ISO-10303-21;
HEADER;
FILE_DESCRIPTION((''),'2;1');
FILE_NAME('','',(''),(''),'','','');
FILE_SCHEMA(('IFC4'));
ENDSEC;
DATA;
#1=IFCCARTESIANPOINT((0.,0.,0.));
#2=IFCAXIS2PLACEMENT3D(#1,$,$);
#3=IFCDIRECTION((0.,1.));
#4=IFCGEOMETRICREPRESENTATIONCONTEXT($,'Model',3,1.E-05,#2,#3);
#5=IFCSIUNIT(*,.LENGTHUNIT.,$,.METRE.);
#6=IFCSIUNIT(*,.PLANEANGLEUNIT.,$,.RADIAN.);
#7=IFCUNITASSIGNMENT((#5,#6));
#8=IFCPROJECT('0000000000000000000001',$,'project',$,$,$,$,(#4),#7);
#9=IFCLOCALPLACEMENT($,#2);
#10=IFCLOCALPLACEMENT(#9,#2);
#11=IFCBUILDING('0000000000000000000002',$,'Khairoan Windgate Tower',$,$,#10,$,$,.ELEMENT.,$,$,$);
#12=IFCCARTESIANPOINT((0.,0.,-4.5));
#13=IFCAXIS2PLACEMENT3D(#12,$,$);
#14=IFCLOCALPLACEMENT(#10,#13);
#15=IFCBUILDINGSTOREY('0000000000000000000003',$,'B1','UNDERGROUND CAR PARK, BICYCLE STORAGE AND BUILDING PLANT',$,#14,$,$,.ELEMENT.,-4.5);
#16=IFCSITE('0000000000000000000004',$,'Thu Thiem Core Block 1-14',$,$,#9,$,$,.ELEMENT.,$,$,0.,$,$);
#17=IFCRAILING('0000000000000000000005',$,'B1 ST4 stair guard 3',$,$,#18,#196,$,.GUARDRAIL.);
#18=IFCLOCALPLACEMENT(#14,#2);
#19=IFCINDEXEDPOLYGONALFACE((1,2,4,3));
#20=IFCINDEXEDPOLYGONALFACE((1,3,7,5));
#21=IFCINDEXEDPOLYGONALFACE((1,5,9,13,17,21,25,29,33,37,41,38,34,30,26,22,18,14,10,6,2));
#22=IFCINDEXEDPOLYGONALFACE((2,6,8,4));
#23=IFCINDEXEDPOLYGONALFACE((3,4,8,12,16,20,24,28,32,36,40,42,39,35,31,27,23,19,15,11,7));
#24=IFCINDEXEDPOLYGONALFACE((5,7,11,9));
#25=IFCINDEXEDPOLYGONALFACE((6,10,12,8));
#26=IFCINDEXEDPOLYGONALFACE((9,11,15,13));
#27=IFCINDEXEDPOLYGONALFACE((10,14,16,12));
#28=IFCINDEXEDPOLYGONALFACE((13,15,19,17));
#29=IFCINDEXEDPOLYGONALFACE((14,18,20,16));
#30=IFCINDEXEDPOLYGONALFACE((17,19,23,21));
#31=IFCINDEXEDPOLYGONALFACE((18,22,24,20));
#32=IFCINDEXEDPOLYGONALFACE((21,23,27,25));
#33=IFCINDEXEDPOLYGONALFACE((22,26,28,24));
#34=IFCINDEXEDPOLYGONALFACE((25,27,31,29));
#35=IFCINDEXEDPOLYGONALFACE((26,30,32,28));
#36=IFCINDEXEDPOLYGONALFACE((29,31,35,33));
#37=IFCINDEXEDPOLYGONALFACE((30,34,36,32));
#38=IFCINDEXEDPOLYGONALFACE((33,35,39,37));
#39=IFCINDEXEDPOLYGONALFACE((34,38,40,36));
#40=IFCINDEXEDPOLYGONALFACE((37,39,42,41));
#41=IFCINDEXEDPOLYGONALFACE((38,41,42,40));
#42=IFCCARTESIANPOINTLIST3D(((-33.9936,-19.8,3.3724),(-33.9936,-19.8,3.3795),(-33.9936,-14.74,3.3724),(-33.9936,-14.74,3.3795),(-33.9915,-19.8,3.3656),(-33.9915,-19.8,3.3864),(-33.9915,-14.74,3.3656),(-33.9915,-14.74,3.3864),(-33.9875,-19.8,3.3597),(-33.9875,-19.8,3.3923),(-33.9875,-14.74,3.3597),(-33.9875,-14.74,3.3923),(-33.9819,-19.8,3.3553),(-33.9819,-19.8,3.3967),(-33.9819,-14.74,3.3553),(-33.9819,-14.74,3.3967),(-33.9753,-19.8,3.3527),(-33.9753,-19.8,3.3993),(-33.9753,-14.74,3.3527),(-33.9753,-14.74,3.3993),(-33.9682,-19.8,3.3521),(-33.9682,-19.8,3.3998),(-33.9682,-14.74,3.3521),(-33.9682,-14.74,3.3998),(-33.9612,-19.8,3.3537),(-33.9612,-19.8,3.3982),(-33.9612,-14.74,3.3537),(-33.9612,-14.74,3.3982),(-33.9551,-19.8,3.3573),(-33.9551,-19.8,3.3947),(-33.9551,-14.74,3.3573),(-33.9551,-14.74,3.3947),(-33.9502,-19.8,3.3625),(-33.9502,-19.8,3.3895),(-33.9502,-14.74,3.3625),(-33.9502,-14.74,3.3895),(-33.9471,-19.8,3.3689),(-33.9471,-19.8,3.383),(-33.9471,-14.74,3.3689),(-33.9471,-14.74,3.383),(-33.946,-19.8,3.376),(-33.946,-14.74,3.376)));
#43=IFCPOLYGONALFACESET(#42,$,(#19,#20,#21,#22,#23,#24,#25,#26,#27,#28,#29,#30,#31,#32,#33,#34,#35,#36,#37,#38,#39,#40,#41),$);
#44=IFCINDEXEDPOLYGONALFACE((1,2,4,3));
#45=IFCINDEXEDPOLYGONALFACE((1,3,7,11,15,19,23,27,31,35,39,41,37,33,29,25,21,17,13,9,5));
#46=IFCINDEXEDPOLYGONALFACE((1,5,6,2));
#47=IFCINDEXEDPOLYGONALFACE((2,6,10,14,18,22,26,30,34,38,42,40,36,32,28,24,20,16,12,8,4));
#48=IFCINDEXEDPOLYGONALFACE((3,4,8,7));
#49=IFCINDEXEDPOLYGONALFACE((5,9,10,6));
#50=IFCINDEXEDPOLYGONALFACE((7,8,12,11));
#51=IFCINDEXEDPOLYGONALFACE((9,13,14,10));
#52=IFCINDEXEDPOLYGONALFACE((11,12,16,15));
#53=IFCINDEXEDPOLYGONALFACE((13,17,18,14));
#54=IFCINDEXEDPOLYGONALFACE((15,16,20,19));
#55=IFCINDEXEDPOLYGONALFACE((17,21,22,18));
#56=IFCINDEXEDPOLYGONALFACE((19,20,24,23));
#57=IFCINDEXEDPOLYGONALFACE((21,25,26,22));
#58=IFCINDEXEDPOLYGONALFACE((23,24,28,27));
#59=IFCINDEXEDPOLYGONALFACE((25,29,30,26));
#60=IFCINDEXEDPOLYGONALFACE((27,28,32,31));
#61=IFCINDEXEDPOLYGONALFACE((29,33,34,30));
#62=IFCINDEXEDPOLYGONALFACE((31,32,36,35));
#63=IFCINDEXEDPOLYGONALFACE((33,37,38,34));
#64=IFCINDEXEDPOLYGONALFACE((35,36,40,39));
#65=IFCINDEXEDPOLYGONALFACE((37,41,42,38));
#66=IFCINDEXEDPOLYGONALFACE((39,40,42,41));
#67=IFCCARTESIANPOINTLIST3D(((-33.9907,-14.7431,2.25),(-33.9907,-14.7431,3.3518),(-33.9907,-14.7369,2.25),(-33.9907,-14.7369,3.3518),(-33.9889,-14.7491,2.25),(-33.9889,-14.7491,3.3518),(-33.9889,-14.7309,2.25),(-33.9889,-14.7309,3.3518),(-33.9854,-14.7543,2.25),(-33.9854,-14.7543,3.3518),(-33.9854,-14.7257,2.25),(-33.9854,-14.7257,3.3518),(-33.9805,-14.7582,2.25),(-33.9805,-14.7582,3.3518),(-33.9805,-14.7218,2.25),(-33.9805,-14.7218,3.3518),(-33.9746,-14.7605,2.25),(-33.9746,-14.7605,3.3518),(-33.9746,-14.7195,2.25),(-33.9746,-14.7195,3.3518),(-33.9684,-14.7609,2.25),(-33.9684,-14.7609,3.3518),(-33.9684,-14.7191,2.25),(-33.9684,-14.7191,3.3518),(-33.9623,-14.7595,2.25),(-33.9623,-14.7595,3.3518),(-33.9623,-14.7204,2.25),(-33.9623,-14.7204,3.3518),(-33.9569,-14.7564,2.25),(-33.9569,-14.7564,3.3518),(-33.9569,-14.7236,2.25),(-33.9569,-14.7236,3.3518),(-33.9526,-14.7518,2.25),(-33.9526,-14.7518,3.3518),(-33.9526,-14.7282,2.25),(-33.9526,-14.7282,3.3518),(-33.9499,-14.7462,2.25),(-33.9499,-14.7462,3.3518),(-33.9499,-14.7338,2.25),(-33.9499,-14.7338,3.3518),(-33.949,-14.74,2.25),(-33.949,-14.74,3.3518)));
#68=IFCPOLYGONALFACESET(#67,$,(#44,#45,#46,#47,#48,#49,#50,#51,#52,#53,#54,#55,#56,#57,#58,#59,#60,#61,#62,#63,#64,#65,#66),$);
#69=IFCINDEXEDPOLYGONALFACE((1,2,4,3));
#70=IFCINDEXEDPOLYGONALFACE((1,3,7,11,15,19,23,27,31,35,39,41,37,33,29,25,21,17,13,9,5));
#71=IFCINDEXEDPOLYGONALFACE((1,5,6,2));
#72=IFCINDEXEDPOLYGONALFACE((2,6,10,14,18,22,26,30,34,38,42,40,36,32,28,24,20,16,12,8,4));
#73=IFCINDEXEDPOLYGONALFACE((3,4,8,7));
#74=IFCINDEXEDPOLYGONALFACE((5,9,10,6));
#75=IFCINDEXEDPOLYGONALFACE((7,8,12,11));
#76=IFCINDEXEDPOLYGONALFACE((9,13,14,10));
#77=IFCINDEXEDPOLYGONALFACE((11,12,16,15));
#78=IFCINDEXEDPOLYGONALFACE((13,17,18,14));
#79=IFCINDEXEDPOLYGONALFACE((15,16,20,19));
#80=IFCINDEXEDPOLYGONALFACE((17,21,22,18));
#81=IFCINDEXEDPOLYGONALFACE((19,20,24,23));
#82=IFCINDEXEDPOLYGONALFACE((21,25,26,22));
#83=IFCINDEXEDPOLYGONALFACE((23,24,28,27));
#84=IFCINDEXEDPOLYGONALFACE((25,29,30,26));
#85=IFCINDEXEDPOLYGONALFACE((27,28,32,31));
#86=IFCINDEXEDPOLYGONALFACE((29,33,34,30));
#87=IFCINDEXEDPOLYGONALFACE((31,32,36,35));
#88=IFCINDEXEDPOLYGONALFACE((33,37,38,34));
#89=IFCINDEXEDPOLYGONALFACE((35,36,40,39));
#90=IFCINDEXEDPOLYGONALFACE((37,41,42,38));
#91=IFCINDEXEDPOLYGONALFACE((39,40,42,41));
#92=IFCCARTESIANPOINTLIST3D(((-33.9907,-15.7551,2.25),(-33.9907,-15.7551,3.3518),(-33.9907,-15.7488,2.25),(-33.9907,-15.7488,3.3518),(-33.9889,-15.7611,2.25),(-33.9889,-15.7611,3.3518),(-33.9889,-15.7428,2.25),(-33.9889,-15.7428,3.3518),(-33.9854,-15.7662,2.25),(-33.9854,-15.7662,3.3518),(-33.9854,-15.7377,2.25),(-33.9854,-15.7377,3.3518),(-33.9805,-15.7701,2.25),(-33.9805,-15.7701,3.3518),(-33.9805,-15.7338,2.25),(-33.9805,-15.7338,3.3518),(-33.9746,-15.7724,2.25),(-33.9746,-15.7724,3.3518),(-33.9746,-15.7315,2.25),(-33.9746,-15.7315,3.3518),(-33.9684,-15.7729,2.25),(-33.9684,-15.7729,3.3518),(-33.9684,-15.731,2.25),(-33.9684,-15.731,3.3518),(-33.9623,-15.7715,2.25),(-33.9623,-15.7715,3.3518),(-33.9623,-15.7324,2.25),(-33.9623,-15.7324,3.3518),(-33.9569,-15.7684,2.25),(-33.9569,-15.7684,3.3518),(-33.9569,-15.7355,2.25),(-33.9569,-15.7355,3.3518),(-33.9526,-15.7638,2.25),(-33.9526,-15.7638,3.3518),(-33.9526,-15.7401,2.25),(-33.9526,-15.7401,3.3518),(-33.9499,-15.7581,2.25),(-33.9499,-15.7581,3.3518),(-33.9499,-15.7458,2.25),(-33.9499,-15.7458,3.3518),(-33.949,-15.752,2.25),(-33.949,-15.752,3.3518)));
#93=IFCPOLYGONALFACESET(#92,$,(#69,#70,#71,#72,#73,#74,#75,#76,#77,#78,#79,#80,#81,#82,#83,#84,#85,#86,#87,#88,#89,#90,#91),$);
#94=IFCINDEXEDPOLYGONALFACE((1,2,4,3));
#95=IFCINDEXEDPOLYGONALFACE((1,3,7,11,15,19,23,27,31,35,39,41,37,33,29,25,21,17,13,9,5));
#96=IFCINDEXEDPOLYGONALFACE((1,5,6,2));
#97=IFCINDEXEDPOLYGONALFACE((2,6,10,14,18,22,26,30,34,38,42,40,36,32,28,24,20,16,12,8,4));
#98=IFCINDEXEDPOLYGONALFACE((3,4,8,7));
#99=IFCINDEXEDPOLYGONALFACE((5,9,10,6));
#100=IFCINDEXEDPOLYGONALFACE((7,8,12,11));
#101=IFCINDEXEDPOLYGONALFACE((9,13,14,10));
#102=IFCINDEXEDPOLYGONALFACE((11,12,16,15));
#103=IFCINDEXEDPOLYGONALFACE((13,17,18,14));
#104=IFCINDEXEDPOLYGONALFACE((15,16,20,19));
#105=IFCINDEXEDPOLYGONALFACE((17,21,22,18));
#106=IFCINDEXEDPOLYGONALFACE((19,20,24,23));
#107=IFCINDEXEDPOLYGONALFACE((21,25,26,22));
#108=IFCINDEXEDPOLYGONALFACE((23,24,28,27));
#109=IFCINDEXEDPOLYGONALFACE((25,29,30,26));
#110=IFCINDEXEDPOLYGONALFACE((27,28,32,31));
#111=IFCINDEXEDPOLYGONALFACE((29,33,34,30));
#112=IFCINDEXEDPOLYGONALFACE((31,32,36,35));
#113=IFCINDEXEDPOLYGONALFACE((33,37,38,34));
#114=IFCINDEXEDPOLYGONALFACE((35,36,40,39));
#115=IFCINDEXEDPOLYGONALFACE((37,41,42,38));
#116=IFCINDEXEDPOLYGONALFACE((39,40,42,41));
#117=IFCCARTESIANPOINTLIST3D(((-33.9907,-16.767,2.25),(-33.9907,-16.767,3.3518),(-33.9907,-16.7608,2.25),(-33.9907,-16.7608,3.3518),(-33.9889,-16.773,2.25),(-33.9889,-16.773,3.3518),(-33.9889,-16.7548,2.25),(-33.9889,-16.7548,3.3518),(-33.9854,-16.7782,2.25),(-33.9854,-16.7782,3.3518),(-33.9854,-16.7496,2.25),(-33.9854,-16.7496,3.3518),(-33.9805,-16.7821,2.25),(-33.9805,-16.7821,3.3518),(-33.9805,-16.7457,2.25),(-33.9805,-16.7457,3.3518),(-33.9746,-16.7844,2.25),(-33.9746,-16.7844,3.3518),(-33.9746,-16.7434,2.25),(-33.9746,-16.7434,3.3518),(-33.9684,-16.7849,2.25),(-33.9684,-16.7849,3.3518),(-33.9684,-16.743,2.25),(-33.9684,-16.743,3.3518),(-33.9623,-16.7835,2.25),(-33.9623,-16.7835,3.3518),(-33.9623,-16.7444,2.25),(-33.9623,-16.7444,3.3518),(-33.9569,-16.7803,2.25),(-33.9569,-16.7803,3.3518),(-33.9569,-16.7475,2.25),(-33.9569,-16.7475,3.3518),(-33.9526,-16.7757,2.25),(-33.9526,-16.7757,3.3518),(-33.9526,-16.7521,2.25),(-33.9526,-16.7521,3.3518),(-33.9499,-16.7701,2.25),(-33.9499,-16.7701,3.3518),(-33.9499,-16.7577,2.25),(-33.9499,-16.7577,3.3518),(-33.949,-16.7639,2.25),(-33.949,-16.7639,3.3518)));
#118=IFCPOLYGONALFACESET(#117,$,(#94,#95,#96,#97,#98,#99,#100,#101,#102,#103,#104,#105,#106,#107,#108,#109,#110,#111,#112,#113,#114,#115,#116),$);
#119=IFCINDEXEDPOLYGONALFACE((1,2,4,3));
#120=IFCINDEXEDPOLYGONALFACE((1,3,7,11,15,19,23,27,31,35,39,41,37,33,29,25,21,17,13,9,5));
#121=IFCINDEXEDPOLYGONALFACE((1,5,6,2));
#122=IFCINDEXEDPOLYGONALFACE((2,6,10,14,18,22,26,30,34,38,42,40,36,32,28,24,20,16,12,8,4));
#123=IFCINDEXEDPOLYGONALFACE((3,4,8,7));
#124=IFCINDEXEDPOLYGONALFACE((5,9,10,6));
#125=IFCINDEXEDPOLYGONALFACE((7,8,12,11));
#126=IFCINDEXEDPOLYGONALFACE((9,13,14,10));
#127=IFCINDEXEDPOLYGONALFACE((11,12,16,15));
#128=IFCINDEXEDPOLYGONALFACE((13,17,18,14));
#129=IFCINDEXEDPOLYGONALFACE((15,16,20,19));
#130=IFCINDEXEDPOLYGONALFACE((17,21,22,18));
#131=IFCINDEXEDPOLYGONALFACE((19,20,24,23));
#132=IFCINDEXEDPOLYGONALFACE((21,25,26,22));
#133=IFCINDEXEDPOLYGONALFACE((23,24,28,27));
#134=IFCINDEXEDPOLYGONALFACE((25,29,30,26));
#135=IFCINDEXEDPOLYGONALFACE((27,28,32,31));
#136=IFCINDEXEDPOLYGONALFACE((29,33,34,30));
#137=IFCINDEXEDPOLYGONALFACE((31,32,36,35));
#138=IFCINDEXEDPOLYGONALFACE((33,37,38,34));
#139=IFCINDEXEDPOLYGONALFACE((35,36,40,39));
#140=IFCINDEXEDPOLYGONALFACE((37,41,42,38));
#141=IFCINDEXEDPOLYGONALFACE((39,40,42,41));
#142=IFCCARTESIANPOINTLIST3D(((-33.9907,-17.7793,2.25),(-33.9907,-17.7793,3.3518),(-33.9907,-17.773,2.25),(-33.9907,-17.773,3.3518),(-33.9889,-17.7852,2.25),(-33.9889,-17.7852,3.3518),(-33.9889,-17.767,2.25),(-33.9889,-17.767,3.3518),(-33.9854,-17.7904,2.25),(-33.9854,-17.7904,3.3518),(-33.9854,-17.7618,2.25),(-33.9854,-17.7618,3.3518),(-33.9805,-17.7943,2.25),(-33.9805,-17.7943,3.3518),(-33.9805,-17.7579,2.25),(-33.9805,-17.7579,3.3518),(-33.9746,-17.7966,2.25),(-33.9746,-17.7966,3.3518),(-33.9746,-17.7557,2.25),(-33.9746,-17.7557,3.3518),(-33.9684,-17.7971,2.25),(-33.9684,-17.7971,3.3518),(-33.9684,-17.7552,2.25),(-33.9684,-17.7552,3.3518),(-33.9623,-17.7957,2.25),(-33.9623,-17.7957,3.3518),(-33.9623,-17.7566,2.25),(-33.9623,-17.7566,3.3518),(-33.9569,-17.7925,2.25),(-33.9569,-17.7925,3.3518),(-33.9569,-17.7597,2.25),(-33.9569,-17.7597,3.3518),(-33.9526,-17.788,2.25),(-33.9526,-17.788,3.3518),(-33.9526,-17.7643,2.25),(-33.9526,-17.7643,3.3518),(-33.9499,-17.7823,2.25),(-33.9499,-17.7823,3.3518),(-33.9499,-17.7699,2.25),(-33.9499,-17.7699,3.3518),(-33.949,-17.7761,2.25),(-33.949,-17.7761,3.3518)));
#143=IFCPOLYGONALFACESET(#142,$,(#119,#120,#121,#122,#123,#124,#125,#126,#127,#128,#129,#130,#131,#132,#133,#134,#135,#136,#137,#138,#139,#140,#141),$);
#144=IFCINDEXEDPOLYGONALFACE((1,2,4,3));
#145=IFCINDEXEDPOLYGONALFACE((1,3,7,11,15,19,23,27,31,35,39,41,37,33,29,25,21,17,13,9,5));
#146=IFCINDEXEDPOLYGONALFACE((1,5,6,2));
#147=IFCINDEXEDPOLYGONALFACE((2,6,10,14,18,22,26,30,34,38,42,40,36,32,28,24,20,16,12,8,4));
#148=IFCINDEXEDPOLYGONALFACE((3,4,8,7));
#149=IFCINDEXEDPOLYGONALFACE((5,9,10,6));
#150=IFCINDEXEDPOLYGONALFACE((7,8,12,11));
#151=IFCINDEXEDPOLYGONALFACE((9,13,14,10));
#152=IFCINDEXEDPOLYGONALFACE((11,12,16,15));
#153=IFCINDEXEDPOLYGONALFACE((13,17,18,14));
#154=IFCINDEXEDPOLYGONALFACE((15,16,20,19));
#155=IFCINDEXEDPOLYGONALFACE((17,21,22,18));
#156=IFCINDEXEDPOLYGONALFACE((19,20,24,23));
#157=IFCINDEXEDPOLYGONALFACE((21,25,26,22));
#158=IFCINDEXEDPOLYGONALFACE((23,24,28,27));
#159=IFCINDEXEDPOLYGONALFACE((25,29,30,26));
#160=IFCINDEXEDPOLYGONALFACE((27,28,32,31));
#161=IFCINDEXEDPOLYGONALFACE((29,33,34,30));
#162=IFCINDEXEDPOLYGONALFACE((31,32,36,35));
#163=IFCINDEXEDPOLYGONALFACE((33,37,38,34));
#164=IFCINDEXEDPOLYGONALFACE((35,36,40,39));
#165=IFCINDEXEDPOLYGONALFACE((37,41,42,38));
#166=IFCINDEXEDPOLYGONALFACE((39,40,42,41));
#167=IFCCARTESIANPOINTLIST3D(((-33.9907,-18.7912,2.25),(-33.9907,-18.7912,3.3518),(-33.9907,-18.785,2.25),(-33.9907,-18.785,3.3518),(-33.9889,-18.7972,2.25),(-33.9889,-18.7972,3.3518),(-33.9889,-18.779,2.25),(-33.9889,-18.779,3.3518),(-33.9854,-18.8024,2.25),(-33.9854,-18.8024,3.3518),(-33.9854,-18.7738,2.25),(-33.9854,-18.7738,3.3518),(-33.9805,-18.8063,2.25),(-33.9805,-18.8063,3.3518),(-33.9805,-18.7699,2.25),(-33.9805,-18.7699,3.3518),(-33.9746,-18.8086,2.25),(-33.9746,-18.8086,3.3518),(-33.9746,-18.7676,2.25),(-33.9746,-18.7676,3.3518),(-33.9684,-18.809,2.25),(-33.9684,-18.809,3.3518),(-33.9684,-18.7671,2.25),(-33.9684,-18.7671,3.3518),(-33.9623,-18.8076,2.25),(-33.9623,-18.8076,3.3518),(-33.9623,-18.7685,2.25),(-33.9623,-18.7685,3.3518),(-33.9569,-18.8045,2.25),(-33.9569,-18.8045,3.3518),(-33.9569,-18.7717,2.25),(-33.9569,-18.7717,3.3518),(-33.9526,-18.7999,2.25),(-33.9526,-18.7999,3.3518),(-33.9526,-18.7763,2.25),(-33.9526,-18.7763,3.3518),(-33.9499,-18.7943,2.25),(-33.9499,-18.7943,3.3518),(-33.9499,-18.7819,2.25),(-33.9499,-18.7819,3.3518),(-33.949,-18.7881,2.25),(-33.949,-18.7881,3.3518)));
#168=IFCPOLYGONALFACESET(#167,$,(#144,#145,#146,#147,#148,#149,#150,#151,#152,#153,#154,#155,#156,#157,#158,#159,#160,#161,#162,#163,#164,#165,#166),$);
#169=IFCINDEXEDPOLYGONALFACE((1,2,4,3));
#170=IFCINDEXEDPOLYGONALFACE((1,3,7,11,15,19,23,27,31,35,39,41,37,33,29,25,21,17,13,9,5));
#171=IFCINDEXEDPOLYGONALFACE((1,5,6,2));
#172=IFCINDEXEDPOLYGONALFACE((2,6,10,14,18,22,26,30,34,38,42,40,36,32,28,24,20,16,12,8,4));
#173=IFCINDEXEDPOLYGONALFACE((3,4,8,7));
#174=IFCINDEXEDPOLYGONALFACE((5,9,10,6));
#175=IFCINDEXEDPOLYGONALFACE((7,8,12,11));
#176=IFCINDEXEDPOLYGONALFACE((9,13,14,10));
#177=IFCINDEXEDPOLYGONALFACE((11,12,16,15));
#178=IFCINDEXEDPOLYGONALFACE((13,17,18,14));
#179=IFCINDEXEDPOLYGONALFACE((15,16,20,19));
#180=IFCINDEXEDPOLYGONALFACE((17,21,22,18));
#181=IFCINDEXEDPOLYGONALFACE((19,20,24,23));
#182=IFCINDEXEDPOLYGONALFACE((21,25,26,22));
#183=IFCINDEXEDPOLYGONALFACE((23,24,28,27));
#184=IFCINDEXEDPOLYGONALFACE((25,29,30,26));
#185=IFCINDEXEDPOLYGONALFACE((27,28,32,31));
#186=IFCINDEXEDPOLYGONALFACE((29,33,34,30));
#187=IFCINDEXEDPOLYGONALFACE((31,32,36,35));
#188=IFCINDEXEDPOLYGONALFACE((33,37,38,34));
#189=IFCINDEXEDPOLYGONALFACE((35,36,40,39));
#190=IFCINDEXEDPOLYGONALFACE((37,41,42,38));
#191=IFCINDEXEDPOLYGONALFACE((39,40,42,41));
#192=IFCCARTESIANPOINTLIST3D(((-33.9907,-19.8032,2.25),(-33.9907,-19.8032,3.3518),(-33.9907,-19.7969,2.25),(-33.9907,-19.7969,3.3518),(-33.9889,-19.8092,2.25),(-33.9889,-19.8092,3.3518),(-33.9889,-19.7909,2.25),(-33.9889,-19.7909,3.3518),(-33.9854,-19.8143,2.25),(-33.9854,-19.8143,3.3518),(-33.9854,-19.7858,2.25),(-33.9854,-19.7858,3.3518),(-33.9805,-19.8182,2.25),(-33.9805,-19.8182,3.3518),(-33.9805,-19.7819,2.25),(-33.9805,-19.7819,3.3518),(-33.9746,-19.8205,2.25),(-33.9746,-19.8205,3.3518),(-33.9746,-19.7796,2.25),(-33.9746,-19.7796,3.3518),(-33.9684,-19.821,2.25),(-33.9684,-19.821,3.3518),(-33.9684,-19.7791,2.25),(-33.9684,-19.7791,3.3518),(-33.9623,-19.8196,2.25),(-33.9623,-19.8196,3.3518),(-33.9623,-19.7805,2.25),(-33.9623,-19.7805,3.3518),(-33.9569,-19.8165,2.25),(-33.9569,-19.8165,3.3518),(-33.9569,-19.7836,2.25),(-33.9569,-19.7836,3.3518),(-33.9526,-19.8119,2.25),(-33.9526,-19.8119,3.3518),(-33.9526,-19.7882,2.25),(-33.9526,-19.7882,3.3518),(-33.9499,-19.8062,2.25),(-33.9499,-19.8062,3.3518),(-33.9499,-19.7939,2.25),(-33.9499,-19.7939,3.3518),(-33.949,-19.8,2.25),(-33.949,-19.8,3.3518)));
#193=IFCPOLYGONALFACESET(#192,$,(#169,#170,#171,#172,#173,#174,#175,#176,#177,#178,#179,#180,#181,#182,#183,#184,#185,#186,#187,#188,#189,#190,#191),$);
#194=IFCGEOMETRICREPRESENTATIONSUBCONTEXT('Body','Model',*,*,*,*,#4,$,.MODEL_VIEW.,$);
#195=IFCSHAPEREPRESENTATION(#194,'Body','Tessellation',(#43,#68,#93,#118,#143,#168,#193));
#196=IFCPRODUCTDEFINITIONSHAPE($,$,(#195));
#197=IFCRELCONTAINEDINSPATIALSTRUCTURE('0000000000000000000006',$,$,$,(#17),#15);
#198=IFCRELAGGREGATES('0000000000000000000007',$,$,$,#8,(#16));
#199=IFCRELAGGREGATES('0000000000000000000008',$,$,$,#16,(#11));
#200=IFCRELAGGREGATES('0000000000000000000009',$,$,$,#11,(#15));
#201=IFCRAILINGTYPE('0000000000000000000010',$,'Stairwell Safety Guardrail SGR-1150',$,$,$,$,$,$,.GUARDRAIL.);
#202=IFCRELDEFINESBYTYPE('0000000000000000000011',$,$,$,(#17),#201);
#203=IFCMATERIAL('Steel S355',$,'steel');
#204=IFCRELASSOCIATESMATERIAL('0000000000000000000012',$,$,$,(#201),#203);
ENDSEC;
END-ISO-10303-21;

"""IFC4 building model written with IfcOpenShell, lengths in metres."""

from ifc_helpers import new_model, si_unit, direction, frame, origin, origin_2d, place, context, subcontext, project, spatial, circle, extrude, material, type_object, element, save


model = new_model("IFC4")

# Units and contexts
model_context = context("Model", 3, precision=1e-05, world=origin(), true_north=direction((0.0, 1.0)))
body_context = subcontext(model_context, "Body", "Model", "MODEL_VIEW")
ifc_project = project(units=[si_unit("LENGTHUNIT", "METRE"), si_unit("PLANEANGLEUNIT", "RADIAN")], contexts=[model_context])

# Site, building, storey
site_placement = place(None, origin())
site = spatial("IfcSite", under=ifc_project, at=site_placement, Name="Thu Thiem Core Block 1-14", CompositionType="ELEMENT", RefElevation=0.0)
building_placement = place(site_placement, origin())
building = spatial("IfcBuilding", under=site, at=building_placement, Name="Khairoan Windgate Tower", CompositionType="ELEMENT")
storey_placement = place(building_placement, frame((0.0, 0.0, -4.5)))
storey = spatial("IfcBuildingStorey", under=building, at=storey_placement, Name="B1", Description="UNDERGROUND CAR PARK, BICYCLE STORAGE AND BUILDING PLANT", CompositionType="ELEMENT", Elevation=-4.5)

# Railing
ifc_material_1 = material(Name="Steel S355", Category="steel")
railing_type_1 = type_object("IfcRailingType", Name="Stairwell Safety Guardrail SGR-1150", PredefinedType="GUARDRAIL", material=ifc_material_1)
for number, where, name in (
    (1, (-33.97, -14.74, 2.25), "B1 ST4 stair guard 3"),
):
    element("IfcRailing", number, at=place(storey_placement, frame(where)), inside=storey, type_object=railing_type_1, Name=name, PredefinedType="GUARDRAIL", context=body_context, shape_type="SweptSolid", body=[
        extrude(circle(Radius=0.0239, at=origin_2d()), frame((0.0, 0.0, 1.126), z_axis=(0.0, -1.0, 0.0), x_axis=(1.0, 0.0, 0.0)), (0.0, 0.0, 1.0), 5.0601),
        extrude(circle(Radius=0.021, at=origin_2d()), origin(), (0.0, 0.0, 1.0), 1.1018),
        extrude(circle(Radius=0.021, at=origin_2d()), frame((0.0, -1.012, 0.0)), (0.0, 0.0, 1.0), 1.1018),
        extrude(circle(Radius=0.021, at=origin_2d()), frame((0.0, -2.0239, 0.0)), (0.0, 0.0, 1.0), 1.1018),
        extrude(circle(Radius=0.021, at=origin_2d()), frame((0.0, -3.0361, 0.0)), (0.0, 0.0, 1.0), 1.1018),
        extrude(circle(Radius=0.021, at=origin_2d()), frame((0.0, -4.0481, 0.0)), (0.0, 0.0, 1.0), 1.1018),
        extrude(circle(Radius=0.021, at=origin_2d()), frame((0.0, -5.0601, 0.0)), (0.0, 0.0, 1.0), 1.1018),
    ])

save(model, "model.ifc")
